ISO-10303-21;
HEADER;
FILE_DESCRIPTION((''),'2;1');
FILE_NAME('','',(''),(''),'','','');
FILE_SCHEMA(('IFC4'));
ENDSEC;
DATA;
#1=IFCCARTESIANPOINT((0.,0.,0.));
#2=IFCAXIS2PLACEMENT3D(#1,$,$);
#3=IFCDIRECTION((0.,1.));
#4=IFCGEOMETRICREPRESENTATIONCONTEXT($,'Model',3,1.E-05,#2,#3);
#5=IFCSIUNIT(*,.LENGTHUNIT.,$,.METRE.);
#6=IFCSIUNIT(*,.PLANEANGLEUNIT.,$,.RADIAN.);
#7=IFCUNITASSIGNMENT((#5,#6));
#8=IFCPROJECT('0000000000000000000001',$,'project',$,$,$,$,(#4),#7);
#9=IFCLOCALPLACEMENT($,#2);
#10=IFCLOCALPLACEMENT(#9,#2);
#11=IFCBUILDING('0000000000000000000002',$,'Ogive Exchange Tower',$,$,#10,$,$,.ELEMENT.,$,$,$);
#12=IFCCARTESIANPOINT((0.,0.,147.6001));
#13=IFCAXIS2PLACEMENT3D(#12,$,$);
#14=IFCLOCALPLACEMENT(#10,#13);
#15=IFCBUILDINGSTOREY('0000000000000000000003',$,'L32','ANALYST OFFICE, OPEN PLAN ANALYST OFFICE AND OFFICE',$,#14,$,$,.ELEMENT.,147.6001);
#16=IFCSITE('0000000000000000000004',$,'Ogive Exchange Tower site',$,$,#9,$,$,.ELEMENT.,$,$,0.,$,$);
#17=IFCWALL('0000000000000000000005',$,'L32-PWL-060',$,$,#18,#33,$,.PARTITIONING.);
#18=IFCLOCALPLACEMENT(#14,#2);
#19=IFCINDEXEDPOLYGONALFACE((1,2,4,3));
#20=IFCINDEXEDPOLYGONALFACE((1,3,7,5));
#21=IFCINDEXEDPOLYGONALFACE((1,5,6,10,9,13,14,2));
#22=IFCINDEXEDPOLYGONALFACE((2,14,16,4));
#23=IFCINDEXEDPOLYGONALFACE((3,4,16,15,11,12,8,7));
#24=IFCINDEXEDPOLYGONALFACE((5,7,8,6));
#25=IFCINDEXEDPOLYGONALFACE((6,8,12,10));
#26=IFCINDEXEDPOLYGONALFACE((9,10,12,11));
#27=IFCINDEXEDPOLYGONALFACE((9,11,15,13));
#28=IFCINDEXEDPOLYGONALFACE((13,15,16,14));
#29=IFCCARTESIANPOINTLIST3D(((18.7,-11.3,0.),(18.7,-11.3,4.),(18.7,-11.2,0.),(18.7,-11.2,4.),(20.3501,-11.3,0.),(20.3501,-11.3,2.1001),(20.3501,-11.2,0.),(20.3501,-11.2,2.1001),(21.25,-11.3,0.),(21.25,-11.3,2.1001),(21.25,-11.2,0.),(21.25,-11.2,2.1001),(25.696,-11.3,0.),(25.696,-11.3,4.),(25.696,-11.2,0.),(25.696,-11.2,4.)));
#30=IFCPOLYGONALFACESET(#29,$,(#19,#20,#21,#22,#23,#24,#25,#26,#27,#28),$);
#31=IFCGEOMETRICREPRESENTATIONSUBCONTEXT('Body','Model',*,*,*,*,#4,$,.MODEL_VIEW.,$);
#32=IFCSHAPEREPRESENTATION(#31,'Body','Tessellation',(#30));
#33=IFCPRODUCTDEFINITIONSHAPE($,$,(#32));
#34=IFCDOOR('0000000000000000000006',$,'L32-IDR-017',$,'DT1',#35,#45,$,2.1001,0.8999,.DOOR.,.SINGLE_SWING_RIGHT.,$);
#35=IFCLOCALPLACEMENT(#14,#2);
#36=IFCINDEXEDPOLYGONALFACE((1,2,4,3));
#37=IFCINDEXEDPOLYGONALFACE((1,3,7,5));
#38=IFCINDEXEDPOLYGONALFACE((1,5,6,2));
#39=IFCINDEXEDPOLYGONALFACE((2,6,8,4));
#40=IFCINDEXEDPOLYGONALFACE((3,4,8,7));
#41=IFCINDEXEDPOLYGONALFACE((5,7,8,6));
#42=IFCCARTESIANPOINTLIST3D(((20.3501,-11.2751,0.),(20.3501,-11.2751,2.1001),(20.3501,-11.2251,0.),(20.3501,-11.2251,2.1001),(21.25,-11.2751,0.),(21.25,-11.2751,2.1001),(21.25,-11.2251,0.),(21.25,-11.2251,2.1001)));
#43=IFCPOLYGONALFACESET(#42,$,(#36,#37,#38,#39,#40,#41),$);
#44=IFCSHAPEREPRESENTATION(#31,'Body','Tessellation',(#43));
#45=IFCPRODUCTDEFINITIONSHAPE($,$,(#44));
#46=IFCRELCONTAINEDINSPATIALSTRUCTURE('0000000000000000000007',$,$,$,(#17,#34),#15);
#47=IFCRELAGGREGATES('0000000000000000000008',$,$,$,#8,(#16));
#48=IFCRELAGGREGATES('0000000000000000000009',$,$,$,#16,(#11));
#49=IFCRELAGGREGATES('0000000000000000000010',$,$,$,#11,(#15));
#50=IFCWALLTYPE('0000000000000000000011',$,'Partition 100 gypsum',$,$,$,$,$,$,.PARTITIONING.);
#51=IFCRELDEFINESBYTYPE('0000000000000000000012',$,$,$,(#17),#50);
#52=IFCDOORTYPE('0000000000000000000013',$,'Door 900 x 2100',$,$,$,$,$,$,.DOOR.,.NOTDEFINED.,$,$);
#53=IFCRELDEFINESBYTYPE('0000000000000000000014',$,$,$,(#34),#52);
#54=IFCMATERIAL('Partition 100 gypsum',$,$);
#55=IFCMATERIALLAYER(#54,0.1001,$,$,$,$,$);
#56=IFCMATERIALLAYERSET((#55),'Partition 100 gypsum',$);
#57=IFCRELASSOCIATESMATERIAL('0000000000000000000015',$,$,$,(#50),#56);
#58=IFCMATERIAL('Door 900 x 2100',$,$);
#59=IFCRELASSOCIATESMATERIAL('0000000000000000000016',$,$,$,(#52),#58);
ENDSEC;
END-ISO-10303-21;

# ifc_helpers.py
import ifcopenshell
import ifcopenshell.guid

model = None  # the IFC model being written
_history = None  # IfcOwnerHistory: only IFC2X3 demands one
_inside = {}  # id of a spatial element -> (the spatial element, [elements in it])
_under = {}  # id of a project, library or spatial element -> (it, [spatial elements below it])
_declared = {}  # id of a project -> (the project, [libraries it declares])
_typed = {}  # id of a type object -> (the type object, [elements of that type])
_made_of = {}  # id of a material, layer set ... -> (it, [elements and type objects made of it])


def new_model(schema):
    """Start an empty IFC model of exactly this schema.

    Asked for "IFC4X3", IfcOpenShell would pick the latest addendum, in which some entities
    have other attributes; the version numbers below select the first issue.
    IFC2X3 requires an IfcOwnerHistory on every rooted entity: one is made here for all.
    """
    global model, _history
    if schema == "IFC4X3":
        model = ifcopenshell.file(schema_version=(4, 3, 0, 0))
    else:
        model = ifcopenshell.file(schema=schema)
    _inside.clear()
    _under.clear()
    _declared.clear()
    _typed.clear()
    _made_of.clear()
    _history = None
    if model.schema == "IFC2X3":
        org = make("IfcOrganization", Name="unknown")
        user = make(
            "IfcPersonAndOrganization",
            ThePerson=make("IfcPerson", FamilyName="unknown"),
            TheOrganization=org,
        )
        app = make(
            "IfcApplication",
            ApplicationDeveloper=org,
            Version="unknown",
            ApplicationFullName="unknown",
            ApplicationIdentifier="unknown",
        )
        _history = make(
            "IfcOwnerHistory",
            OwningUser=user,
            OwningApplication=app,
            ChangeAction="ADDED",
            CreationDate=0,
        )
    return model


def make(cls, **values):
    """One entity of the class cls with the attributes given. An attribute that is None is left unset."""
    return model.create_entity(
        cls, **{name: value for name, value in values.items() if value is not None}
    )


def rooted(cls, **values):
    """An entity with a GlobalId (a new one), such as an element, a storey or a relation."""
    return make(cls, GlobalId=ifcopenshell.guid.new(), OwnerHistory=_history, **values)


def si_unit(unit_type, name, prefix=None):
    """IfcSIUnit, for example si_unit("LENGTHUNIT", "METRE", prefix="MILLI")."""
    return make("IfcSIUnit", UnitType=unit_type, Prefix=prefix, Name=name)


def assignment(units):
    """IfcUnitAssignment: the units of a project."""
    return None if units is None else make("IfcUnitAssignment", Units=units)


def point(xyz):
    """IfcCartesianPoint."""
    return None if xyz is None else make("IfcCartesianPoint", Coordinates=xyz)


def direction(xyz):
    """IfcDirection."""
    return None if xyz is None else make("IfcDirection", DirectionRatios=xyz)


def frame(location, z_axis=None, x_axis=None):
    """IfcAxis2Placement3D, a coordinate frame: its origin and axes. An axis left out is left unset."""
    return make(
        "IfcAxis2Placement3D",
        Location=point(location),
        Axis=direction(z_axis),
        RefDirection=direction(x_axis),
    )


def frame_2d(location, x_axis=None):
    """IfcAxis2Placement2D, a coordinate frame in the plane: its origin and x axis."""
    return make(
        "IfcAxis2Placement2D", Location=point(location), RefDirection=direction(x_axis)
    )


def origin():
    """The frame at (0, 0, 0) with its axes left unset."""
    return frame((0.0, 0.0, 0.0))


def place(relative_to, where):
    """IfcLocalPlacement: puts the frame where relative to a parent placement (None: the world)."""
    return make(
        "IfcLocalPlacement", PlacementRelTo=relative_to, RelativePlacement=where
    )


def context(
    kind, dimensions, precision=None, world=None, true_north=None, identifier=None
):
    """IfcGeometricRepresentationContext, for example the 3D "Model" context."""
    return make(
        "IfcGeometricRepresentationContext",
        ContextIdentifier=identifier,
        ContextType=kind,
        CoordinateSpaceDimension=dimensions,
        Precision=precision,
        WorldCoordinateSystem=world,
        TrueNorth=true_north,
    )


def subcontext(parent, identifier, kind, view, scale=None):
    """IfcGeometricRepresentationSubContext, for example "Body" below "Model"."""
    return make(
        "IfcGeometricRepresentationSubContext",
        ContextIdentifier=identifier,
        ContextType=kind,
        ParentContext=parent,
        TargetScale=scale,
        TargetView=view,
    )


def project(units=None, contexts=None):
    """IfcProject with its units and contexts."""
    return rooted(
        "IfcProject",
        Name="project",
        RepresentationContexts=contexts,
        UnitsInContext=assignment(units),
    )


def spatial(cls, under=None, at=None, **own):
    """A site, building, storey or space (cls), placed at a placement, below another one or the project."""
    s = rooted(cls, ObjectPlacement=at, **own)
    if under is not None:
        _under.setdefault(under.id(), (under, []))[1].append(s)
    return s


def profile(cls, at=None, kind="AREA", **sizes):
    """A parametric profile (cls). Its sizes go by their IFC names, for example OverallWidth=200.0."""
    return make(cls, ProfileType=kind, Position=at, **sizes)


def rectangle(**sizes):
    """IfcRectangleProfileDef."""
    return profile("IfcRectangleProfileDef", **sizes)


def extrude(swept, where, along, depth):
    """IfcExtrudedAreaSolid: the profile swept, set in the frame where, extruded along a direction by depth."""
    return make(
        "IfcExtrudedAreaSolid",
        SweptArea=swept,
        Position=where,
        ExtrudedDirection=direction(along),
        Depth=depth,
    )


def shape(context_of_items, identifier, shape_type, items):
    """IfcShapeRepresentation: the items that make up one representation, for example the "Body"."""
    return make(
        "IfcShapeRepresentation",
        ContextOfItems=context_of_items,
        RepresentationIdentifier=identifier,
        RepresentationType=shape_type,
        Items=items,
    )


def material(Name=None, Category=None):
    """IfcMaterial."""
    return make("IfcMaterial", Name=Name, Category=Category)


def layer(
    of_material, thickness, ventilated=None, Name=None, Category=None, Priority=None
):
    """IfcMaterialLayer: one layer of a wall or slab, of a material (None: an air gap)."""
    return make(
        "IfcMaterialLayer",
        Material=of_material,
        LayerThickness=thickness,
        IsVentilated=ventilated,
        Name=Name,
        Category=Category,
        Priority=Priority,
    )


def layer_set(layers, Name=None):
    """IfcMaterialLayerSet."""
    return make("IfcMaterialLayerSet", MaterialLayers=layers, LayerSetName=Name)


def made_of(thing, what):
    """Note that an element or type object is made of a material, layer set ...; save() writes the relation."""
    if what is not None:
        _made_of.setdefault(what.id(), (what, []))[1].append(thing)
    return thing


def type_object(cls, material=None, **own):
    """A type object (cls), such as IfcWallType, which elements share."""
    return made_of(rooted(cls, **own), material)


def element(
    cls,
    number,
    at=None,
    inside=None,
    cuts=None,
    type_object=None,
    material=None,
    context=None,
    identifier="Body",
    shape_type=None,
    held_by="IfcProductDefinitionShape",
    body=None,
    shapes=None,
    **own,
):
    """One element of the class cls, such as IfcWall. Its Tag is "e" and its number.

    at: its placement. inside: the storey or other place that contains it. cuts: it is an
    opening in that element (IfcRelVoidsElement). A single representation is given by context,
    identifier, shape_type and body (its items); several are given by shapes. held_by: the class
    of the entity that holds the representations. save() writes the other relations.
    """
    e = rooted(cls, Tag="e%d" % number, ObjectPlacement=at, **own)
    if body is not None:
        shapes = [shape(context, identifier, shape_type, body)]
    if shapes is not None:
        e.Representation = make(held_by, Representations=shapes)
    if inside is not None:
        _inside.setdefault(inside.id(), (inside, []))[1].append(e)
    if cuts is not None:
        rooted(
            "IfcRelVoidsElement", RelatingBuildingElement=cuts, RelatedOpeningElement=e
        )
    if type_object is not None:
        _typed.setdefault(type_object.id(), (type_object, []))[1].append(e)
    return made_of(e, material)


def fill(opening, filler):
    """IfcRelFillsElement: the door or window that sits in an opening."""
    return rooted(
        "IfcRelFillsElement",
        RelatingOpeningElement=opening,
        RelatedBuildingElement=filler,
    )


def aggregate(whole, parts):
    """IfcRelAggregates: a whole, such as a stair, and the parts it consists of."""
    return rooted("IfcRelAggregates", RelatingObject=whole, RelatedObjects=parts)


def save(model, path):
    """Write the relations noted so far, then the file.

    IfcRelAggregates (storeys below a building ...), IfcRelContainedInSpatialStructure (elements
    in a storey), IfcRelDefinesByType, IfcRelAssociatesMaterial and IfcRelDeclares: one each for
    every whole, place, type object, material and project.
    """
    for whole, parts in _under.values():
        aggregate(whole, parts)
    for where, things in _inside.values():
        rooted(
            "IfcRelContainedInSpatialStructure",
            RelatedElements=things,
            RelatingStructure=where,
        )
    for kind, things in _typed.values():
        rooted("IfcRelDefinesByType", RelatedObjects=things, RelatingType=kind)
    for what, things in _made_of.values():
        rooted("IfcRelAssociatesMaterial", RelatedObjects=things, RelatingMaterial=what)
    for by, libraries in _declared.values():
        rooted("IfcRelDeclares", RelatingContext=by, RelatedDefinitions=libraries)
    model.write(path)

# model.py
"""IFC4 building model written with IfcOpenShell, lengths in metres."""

from ifc_helpers import new_model, si_unit, direction, frame, frame_2d, origin, place, context, subcontext, project, spatial, rectangle, extrude, material, layer, layer_set, type_object, element, fill, save


model = new_model("IFC4")

# Units and contexts
model_context = context("Model", 3, precision=1e-05, world=origin(), true_north=direction((0.0, 1.0)))
body_context = subcontext(model_context, "Body", "Model", "MODEL_VIEW")
ifc_project = project(units=[si_unit("LENGTHUNIT", "METRE"), si_unit("PLANEANGLEUNIT", "RADIAN")], contexts=[model_context])

# Site, building, storey
site_placement = place(None, origin())
site = spatial("IfcSite", under=ifc_project, at=site_placement, Name="Ogive Exchange Tower site", CompositionType="ELEMENT", RefElevation=0.0)
building_placement = place(site_placement, origin())
building = spatial("IfcBuilding", under=site, at=building_placement, Name="Ogive Exchange Tower", CompositionType="ELEMENT")
storey_placement = place(building_placement, frame((0.0, 0.0, 147.6001)))
storey = spatial("IfcBuildingStorey", under=building, at=storey_placement, Name="L32", Description="ANALYST OFFICE, OPEN PLAN ANALYST OFFICE AND OFFICE", CompositionType="ELEMENT", Elevation=147.6001)

# Wall, opening, door
ifc_material_1 = material(Name="Partition 100 gypsum")
ifc_layer_1 = layer(ifc_material_1, 0.1001)
ifc_layer_set_1 = layer_set([ifc_layer_1], Name="Partition 100 gypsum")
wall_type_1 = type_object("IfcWallType", Name="Partition 100 gypsum", PredefinedType="PARTITIONING", material=ifc_layer_set_1)
wall_1_placement = place(storey_placement, frame((25.696, -11.25, 0.0), z_axis=(0.0, 0.0, 1.0), x_axis=(-1.0, 0.0, 0.0)))
wall_1 = element("IfcWall", 1, at=wall_1_placement, inside=storey, type_object=wall_type_1, Name="L32-PWL-060", PredefinedType="PARTITIONING", context=body_context, shape_type="SweptSolid", body=[
    extrude(rectangle(XDim=6.9961, YDim=0.1001, at=frame_2d((3.498, 0.0))), origin(), (0.0, 0.0, 1.0), 4.0),
])
opening_1_placement = place(wall_1_placement, frame((4.446, 0.0, 0.0)))
opening_1 = element("IfcOpeningElement", 2, at=opening_1_placement, cuts=wall_1, PredefinedType="OPENING", context=body_context, shape_type="SweptSolid", body=[
    extrude(rectangle(XDim=0.8999, YDim=2.1001, at=frame_2d((0.45, 1.05))), frame((0.0, 0.0601, 0.0), z_axis=(0.0, -1.0, 0.0), x_axis=(1.0, 0.0, 0.0)), (0.0, 0.0, 1.0), 0.1201),
])
ifc_material_2 = material(Name="Door 900 x 2100")
door_type_1 = type_object("IfcDoorType", Name="Door 900 x 2100", OperationType="NOTDEFINED", PredefinedType="DOOR", material=ifc_material_2)
door_1_placement = place(opening_1_placement, frame((0.8999, 0.0, 0.0), z_axis=(0.0, 0.0, 1.0), x_axis=(-1.0, 0.0, 0.0)))
door_1 = element("IfcDoor", 3, at=door_1_placement, inside=storey, type_object=door_type_1, Name="L32-IDR-017", ObjectType="DT1", OperationType="SINGLE_SWING_RIGHT", OverallHeight=2.1001, OverallWidth=0.8999, PredefinedType="DOOR", context=body_context, shape_type="SweptSolid", body=[
    extrude(rectangle(XDim=0.8999, YDim=2.1001, at=frame_2d((0.45, 1.05))), frame((0.0, 0.0249, 0.0), z_axis=(0.0, -1.0, 0.0), x_axis=(1.0, 0.0, 0.0)), (0.0, 0.0, 1.0), 0.05),
])
fill(opening_1, door_1)

save(model, "model.ifc")
